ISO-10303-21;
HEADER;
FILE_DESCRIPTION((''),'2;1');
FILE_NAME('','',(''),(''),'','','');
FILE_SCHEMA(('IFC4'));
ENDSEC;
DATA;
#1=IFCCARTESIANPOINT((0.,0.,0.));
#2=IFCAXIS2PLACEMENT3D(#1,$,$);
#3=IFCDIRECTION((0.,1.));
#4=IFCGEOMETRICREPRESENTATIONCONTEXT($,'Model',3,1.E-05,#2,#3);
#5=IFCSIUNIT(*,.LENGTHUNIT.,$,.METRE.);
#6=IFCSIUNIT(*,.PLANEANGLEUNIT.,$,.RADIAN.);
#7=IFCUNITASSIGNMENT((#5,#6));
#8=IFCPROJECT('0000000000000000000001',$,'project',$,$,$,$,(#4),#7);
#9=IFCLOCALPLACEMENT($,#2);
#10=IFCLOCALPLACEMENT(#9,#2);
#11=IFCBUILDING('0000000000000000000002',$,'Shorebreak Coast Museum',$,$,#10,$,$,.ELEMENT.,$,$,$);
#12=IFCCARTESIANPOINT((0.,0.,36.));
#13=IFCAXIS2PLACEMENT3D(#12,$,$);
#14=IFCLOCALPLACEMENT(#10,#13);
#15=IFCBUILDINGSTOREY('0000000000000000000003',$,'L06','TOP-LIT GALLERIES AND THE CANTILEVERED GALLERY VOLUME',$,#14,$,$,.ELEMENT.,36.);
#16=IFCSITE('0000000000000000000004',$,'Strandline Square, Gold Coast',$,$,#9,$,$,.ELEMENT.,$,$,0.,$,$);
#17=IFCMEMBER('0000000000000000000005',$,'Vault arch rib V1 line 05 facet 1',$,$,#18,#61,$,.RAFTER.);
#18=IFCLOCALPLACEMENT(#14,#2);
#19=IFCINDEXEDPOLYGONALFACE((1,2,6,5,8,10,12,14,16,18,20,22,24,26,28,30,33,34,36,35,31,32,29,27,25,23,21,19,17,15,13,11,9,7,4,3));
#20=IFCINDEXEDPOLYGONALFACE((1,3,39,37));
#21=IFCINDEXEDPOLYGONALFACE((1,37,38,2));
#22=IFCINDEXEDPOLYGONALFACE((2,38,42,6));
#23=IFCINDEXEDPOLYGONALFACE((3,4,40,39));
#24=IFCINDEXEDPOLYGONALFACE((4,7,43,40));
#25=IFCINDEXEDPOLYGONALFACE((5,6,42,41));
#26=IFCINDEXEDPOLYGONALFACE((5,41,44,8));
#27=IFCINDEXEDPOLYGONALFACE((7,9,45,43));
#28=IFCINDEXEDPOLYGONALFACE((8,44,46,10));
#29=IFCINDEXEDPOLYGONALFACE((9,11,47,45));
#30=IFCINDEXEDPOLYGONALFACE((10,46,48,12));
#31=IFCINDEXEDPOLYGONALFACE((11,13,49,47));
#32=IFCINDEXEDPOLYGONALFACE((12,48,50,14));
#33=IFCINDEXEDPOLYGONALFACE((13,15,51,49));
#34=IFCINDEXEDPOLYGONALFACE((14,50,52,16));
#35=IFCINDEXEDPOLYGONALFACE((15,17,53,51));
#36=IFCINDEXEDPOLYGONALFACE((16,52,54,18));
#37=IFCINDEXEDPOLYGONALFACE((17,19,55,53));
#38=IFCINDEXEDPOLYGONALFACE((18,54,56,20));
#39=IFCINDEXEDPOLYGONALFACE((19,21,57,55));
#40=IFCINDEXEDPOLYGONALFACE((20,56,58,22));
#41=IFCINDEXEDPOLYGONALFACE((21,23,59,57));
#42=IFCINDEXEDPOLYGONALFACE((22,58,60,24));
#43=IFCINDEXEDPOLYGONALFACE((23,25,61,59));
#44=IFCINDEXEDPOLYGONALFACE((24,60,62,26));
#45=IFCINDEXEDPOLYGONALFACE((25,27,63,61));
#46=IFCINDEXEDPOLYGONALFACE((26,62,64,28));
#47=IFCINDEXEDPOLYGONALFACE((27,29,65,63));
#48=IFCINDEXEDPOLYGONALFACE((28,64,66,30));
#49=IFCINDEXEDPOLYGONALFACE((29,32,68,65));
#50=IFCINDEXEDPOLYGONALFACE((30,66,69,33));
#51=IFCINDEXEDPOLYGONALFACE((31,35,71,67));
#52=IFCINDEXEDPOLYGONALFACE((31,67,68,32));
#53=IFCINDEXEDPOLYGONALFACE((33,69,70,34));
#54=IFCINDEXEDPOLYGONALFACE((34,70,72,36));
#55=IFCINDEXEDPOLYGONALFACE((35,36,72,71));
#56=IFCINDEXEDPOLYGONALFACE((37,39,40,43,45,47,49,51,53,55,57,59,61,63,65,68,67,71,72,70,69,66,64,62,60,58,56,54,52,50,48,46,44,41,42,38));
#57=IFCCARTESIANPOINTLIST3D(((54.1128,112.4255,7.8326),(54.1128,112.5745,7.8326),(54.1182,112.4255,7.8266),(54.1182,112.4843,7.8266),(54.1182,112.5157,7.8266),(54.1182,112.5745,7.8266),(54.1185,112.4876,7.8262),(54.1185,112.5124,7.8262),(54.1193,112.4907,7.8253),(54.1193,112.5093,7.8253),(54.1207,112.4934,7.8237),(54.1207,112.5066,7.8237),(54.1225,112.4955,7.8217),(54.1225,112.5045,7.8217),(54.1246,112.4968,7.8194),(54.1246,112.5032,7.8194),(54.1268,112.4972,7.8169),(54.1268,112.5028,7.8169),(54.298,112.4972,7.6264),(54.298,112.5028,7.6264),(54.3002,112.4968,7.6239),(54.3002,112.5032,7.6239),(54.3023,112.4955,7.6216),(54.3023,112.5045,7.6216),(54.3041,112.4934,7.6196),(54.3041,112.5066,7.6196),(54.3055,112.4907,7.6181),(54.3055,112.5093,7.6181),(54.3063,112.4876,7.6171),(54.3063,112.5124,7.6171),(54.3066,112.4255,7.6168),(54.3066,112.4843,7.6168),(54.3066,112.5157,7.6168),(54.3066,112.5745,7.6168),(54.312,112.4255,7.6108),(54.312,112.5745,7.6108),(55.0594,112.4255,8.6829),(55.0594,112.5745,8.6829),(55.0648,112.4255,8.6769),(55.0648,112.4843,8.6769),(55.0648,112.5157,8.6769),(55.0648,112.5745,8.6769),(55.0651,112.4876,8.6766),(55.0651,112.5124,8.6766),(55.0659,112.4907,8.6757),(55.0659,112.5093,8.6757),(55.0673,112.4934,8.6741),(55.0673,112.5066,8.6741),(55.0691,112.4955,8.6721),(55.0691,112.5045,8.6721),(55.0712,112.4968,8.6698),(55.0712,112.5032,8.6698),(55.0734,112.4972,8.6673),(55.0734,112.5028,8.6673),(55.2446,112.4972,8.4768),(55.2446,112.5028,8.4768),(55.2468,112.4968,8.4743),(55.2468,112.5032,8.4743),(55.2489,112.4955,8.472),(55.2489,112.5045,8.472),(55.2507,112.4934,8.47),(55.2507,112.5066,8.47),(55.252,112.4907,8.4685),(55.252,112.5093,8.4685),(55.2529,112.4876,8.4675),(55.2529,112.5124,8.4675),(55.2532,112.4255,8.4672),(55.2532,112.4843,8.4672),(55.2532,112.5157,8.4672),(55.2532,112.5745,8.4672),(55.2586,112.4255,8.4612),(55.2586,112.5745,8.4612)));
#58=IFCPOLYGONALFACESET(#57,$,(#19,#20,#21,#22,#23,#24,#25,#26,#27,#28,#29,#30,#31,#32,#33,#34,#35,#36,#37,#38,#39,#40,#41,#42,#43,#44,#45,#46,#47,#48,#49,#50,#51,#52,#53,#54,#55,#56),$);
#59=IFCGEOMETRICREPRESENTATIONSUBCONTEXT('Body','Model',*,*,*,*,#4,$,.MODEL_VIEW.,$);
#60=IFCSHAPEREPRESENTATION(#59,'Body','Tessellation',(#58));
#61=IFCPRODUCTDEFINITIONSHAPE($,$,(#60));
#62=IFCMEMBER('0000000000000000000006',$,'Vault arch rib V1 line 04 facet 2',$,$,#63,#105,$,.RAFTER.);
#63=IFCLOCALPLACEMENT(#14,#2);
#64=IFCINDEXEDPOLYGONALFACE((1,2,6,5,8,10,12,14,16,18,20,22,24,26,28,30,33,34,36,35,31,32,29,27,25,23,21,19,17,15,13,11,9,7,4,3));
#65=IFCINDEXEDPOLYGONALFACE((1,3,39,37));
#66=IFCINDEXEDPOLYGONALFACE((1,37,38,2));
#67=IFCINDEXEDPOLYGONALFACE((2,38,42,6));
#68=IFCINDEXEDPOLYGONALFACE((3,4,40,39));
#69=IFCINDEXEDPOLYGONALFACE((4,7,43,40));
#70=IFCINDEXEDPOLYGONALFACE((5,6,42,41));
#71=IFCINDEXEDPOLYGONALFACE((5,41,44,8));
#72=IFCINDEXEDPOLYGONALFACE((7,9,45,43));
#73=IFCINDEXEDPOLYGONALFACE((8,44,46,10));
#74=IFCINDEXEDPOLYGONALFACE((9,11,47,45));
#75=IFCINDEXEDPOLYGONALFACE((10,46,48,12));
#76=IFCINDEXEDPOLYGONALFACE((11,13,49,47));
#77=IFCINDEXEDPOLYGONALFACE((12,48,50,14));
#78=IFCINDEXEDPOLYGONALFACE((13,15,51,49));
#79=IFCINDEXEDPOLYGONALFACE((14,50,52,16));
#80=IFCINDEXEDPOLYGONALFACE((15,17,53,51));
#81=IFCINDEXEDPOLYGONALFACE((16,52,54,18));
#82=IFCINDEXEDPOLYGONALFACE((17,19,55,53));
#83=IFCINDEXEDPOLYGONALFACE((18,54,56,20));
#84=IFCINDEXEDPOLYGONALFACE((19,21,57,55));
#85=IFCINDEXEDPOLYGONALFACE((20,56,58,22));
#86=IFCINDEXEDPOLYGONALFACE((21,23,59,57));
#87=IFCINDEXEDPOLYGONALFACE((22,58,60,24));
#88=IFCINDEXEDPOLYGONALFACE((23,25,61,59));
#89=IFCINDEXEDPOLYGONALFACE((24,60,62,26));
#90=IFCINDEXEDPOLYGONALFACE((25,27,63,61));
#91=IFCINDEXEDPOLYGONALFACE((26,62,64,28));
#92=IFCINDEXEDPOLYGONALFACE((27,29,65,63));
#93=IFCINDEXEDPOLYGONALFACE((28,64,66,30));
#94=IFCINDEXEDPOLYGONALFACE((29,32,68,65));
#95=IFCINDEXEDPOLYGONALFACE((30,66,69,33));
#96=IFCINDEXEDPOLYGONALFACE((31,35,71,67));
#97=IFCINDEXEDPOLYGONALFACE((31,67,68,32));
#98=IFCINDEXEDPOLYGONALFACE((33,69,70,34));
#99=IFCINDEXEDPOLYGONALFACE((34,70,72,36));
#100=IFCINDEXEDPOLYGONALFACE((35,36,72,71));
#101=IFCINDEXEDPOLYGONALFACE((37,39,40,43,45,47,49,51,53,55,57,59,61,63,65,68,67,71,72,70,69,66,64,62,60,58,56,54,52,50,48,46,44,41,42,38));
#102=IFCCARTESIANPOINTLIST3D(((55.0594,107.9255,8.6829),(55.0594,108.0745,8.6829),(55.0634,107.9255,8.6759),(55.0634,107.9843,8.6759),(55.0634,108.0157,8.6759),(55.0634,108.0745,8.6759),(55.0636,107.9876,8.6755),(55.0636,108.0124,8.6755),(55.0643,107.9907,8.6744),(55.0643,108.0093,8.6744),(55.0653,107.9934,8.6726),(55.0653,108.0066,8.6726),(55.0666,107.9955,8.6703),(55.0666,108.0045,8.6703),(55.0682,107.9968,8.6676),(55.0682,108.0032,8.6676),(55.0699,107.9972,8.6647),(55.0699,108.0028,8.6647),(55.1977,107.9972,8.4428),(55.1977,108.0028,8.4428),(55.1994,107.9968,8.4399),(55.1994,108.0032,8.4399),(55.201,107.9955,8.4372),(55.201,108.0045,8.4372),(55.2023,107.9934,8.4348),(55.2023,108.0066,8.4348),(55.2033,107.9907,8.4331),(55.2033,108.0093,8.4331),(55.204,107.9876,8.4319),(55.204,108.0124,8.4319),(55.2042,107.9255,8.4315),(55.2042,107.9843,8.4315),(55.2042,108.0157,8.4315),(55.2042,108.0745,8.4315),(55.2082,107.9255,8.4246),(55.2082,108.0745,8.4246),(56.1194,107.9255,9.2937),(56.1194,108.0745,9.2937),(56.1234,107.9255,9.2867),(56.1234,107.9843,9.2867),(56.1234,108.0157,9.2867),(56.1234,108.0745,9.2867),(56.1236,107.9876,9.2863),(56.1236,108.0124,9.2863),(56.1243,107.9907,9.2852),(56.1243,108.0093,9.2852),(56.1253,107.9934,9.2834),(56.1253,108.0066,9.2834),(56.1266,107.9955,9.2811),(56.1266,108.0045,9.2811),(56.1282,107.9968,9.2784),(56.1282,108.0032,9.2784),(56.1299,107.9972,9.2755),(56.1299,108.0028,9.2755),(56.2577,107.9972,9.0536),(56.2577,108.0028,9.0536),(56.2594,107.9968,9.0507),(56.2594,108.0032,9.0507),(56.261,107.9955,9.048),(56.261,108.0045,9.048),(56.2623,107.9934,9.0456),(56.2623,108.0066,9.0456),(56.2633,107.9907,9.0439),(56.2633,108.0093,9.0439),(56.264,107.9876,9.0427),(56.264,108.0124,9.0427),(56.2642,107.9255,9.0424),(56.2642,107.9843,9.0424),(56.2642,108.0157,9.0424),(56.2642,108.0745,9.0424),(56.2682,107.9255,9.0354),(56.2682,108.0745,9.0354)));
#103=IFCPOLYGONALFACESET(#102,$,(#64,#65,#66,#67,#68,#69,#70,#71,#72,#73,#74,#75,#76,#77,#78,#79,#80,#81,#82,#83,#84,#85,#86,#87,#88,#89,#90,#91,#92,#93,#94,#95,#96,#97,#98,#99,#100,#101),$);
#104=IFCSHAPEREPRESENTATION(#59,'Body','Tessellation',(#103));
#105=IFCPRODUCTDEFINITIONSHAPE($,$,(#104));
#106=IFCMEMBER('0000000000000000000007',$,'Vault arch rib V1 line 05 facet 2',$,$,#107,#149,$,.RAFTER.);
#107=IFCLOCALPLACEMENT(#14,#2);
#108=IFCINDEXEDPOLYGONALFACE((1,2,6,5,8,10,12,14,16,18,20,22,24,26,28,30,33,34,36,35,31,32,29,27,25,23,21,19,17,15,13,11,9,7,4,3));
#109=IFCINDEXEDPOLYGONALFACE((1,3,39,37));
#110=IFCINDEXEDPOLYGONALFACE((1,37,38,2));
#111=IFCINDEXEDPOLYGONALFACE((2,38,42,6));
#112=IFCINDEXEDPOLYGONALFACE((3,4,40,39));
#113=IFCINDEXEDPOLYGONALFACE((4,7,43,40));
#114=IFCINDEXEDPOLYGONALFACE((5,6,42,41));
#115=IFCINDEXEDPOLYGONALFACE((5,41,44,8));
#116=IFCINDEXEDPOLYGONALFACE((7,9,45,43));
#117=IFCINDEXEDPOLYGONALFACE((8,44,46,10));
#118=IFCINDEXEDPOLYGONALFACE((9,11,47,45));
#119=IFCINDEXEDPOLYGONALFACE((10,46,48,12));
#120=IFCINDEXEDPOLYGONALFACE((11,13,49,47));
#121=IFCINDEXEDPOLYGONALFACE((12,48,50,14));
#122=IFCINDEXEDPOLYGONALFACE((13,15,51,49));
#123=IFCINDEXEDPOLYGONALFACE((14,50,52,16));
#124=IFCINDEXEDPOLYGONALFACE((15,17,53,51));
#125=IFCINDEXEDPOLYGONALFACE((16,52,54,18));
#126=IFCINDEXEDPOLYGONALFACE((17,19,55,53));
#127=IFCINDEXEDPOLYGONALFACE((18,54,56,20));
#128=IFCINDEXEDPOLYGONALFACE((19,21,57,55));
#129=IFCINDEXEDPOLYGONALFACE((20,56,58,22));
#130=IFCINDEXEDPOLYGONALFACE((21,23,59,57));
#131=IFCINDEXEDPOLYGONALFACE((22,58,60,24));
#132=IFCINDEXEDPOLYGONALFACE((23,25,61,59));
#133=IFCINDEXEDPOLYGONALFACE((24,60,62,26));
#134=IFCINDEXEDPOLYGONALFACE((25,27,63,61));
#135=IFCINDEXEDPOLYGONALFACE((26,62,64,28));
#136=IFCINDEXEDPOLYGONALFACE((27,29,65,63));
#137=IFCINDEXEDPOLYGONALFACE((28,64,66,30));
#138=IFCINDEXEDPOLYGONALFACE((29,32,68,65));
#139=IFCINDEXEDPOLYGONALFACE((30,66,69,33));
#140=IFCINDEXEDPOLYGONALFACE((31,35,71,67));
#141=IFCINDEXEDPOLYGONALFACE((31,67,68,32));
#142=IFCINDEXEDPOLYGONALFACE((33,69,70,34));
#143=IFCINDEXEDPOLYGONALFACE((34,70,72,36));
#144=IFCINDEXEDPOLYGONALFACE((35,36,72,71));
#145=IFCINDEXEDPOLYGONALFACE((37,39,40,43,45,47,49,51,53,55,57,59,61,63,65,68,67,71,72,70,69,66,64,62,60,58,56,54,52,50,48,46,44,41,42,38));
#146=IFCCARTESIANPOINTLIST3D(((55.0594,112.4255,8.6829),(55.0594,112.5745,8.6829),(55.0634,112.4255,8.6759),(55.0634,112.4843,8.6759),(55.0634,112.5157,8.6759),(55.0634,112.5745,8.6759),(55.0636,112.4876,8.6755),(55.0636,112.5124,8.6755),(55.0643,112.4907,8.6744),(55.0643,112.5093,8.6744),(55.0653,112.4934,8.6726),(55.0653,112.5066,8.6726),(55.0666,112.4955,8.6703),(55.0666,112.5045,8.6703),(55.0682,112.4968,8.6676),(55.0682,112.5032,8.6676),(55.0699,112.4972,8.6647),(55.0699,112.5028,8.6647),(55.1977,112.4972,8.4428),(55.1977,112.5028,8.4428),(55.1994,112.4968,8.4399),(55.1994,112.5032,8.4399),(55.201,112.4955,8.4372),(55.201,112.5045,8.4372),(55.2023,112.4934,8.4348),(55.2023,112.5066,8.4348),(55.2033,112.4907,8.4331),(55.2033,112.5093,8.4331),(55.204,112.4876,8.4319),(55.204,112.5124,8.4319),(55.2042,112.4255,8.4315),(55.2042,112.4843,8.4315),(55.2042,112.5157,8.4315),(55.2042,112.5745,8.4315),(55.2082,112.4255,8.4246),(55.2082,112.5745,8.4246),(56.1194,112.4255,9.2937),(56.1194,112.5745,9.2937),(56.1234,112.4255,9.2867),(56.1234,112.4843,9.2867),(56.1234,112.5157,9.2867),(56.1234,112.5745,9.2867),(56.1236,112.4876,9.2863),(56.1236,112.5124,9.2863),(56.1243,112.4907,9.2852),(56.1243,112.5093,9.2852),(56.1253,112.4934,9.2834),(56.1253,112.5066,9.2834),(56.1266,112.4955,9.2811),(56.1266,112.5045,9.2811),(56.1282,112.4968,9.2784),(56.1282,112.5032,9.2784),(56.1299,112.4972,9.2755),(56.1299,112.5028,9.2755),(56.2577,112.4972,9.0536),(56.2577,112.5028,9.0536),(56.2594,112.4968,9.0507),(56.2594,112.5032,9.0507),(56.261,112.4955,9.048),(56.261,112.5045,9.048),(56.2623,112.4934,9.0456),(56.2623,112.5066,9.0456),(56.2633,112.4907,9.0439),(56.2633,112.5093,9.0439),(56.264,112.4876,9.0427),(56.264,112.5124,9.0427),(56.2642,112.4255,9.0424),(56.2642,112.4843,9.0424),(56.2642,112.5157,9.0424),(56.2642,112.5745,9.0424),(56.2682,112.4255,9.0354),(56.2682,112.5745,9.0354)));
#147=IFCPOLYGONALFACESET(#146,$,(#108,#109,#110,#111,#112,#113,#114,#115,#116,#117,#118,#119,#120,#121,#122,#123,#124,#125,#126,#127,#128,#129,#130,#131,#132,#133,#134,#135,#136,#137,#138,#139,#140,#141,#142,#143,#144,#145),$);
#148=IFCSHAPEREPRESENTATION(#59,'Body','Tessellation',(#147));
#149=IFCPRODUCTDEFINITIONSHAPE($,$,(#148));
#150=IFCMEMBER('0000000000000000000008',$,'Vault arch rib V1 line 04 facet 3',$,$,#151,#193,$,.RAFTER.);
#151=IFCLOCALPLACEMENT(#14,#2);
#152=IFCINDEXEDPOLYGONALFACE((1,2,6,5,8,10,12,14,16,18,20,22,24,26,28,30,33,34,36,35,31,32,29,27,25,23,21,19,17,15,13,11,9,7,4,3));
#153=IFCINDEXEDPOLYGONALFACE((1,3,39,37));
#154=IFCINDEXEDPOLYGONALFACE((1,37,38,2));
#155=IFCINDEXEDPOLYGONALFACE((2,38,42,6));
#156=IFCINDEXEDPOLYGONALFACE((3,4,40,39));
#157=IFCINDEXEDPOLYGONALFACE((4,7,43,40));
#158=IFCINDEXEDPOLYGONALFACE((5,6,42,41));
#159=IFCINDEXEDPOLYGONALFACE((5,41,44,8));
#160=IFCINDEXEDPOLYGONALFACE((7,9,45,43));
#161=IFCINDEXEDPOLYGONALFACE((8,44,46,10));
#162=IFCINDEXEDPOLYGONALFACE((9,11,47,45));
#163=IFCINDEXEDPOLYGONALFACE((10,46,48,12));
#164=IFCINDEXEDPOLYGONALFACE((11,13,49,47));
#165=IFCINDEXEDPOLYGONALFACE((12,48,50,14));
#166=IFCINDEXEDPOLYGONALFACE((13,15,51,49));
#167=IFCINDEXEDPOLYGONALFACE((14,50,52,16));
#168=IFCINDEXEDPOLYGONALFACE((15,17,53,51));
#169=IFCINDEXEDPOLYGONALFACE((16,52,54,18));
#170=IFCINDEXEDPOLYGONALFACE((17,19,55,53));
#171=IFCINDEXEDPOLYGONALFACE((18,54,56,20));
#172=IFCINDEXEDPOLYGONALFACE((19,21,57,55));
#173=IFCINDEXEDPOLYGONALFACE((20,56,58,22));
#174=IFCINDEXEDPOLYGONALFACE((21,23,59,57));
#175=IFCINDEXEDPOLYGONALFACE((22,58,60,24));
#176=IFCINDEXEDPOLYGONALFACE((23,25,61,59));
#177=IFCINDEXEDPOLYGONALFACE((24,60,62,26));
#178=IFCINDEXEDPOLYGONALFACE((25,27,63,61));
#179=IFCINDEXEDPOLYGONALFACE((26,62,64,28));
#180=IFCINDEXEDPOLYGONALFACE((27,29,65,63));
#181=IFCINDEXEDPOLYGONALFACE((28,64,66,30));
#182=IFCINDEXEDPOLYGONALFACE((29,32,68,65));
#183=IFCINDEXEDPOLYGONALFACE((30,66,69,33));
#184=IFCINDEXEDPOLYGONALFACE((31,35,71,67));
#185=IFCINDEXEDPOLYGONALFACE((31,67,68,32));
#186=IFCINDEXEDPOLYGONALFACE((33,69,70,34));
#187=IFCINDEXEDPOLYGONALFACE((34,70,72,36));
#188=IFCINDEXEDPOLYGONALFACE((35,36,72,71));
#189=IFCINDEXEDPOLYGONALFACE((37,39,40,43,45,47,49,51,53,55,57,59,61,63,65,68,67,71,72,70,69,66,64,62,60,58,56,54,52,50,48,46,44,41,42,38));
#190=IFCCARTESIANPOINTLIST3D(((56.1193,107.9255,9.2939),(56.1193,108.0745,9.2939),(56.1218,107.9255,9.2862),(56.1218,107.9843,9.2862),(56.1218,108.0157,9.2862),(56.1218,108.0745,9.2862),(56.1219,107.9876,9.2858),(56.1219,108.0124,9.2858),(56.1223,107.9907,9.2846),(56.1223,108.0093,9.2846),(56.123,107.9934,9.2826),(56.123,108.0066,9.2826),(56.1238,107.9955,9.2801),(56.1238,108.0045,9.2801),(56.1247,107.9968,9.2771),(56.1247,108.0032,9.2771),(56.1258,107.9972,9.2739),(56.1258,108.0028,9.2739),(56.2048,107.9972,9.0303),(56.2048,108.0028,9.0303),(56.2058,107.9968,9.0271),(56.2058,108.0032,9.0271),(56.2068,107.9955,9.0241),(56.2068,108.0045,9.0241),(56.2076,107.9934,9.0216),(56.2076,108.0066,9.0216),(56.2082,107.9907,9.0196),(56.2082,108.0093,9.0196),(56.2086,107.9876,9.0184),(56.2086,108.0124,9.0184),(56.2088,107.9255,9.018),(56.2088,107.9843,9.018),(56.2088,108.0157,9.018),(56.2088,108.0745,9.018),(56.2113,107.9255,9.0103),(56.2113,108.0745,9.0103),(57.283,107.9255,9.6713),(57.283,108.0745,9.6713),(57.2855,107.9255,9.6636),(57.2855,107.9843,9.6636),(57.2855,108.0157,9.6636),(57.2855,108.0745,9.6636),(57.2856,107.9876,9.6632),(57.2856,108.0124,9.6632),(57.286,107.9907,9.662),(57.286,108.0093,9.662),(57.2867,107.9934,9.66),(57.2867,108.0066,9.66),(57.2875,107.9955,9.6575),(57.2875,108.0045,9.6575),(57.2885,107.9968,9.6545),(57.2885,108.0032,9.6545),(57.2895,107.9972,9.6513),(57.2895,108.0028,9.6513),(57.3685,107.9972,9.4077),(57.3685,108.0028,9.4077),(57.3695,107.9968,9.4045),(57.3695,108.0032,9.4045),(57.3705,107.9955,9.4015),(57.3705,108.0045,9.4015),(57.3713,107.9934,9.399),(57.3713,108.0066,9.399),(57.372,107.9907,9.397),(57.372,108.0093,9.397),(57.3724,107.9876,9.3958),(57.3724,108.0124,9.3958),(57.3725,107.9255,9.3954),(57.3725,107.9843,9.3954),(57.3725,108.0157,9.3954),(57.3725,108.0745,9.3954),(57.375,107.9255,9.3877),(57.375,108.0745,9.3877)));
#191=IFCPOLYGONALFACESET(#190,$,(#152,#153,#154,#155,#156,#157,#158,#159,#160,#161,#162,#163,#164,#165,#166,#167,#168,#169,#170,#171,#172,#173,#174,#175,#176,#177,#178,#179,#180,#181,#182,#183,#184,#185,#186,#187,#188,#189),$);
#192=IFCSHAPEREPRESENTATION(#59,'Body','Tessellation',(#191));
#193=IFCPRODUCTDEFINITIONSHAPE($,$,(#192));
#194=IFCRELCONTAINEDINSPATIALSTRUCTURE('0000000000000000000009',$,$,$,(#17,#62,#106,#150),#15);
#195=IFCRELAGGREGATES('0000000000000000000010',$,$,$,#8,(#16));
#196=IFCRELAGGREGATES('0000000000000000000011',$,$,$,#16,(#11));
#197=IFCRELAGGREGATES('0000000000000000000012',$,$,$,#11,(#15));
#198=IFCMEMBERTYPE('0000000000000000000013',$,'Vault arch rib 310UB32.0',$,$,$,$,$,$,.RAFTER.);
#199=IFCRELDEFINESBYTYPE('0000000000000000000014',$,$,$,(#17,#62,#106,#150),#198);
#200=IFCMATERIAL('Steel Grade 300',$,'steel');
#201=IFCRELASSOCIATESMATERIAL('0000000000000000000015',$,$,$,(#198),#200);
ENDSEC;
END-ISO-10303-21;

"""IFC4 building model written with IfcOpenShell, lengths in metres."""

from ifc_helpers import new_model, si_unit, direction, frame, origin, origin_2d, place, context, subcontext, project, spatial, i_section, extrude, material, material_profile, profile_set, type_object, element, save


model = new_model("IFC4")

# Units and contexts
model_context = context("Model", 3, precision=1e-05, world=origin(), true_north=direction((0.0, 1.0)))
body_context = subcontext(model_context, "Body", "Model", "MODEL_VIEW")
ifc_project = project(units=[si_unit("LENGTHUNIT", "METRE"), si_unit("PLANEANGLEUNIT", "RADIAN")], contexts=[model_context])

# Site, building, storey
site_placement = place(None, origin())
site = spatial("IfcSite", under=ifc_project, at=site_placement, Name="Strandline Square, Gold Coast", CompositionType="ELEMENT", RefElevation=0.0)
building_placement = place(site_placement, origin())
building = spatial("IfcBuilding", under=site, at=building_placement, Name="Shorebreak Coast Museum", CompositionType="ELEMENT")
storey_placement = place(building_placement, frame((0.0, 0.0, 36.0)))
storey = spatial("IfcBuildingStorey", under=building, at=storey_placement, Name="L06", Description="TOP-LIT GALLERIES AND THE CANTILEVERED GALLERY VOLUME", CompositionType="ELEMENT", Elevation=36.0)

# Members
ifc_material_1 = material(Name="Steel Grade 300", Category="steel")
ifc_material_profile_1 = material_profile(ifc_material_1, i_section(OverallWidth=0.1489, OverallDepth=0.2981, WebThickness=0.0056, FlangeThickness=0.0081, FilletRadius=0.0129, at=origin_2d()), Name="310UB32.0")
ifc_profile_set_1 = profile_set([ifc_material_profile_1], Name="Steel Grade 300")
member_type_1 = type_object("IfcMemberType", Name="Vault arch rib 310UB32.0", PredefinedType="RAFTER", material=ifc_profile_set_1)
member_1_placement = place(storey_placement, frame((54.2124, 112.5, 7.7217), z_axis=(0.743895, 0.0, 0.668297), x_axis=(0.0, 1.0, 0.0)))
element("IfcMember", 1, at=member_1_placement, inside=storey, type_object=member_type_1, Name="Vault arch rib V1 line 05 facet 1", PredefinedType="RAFTER", context=body_context, shape_type="SweptSolid", body=[
    extrude(i_section(OverallWidth=0.1489, OverallDepth=0.2981, WebThickness=0.0056, FlangeThickness=0.0081, FilletRadius=0.0129, at=origin_2d()), origin(), (0.0, 0.0, 1.0), 1.2725),
])
for number, where, z_axis, x_axis, name in (
    (2, (55.1338, 108.0, 8.5537), (0.866445, 0.0, 0.499273), (0.0, 1.0, 0.0), "Vault arch rib V1 line 04 facet 2"),
    (3, (55.1338, 112.5, 8.5537), (0.866445, 0.0, 0.499273), (0.0, 1.0, 0.0), "Vault arch rib V1 line 05 facet 2"),
    (4, (56.1653, 108.0, 9.1521), (0.951226, 0.0, 0.308495), (0.0, 1.0, 0.0), "Vault arch rib V1 line 04 facet 3"),
):
    element("IfcMember", number, at=place(storey_placement, frame(where, z_axis=z_axis, x_axis=x_axis)), inside=storey, type_object=member_type_1, Name=name, PredefinedType="RAFTER", context=body_context, shape_type="SweptSolid", body=[
        extrude(i_section(OverallWidth=0.1489, OverallDepth=0.2981, WebThickness=0.0056, FlangeThickness=0.0081, FilletRadius=0.0129, at=origin_2d()), origin(), (0.0, 0.0, 1.0), 1.2234),
    ])

save(model, "model.ifc")
